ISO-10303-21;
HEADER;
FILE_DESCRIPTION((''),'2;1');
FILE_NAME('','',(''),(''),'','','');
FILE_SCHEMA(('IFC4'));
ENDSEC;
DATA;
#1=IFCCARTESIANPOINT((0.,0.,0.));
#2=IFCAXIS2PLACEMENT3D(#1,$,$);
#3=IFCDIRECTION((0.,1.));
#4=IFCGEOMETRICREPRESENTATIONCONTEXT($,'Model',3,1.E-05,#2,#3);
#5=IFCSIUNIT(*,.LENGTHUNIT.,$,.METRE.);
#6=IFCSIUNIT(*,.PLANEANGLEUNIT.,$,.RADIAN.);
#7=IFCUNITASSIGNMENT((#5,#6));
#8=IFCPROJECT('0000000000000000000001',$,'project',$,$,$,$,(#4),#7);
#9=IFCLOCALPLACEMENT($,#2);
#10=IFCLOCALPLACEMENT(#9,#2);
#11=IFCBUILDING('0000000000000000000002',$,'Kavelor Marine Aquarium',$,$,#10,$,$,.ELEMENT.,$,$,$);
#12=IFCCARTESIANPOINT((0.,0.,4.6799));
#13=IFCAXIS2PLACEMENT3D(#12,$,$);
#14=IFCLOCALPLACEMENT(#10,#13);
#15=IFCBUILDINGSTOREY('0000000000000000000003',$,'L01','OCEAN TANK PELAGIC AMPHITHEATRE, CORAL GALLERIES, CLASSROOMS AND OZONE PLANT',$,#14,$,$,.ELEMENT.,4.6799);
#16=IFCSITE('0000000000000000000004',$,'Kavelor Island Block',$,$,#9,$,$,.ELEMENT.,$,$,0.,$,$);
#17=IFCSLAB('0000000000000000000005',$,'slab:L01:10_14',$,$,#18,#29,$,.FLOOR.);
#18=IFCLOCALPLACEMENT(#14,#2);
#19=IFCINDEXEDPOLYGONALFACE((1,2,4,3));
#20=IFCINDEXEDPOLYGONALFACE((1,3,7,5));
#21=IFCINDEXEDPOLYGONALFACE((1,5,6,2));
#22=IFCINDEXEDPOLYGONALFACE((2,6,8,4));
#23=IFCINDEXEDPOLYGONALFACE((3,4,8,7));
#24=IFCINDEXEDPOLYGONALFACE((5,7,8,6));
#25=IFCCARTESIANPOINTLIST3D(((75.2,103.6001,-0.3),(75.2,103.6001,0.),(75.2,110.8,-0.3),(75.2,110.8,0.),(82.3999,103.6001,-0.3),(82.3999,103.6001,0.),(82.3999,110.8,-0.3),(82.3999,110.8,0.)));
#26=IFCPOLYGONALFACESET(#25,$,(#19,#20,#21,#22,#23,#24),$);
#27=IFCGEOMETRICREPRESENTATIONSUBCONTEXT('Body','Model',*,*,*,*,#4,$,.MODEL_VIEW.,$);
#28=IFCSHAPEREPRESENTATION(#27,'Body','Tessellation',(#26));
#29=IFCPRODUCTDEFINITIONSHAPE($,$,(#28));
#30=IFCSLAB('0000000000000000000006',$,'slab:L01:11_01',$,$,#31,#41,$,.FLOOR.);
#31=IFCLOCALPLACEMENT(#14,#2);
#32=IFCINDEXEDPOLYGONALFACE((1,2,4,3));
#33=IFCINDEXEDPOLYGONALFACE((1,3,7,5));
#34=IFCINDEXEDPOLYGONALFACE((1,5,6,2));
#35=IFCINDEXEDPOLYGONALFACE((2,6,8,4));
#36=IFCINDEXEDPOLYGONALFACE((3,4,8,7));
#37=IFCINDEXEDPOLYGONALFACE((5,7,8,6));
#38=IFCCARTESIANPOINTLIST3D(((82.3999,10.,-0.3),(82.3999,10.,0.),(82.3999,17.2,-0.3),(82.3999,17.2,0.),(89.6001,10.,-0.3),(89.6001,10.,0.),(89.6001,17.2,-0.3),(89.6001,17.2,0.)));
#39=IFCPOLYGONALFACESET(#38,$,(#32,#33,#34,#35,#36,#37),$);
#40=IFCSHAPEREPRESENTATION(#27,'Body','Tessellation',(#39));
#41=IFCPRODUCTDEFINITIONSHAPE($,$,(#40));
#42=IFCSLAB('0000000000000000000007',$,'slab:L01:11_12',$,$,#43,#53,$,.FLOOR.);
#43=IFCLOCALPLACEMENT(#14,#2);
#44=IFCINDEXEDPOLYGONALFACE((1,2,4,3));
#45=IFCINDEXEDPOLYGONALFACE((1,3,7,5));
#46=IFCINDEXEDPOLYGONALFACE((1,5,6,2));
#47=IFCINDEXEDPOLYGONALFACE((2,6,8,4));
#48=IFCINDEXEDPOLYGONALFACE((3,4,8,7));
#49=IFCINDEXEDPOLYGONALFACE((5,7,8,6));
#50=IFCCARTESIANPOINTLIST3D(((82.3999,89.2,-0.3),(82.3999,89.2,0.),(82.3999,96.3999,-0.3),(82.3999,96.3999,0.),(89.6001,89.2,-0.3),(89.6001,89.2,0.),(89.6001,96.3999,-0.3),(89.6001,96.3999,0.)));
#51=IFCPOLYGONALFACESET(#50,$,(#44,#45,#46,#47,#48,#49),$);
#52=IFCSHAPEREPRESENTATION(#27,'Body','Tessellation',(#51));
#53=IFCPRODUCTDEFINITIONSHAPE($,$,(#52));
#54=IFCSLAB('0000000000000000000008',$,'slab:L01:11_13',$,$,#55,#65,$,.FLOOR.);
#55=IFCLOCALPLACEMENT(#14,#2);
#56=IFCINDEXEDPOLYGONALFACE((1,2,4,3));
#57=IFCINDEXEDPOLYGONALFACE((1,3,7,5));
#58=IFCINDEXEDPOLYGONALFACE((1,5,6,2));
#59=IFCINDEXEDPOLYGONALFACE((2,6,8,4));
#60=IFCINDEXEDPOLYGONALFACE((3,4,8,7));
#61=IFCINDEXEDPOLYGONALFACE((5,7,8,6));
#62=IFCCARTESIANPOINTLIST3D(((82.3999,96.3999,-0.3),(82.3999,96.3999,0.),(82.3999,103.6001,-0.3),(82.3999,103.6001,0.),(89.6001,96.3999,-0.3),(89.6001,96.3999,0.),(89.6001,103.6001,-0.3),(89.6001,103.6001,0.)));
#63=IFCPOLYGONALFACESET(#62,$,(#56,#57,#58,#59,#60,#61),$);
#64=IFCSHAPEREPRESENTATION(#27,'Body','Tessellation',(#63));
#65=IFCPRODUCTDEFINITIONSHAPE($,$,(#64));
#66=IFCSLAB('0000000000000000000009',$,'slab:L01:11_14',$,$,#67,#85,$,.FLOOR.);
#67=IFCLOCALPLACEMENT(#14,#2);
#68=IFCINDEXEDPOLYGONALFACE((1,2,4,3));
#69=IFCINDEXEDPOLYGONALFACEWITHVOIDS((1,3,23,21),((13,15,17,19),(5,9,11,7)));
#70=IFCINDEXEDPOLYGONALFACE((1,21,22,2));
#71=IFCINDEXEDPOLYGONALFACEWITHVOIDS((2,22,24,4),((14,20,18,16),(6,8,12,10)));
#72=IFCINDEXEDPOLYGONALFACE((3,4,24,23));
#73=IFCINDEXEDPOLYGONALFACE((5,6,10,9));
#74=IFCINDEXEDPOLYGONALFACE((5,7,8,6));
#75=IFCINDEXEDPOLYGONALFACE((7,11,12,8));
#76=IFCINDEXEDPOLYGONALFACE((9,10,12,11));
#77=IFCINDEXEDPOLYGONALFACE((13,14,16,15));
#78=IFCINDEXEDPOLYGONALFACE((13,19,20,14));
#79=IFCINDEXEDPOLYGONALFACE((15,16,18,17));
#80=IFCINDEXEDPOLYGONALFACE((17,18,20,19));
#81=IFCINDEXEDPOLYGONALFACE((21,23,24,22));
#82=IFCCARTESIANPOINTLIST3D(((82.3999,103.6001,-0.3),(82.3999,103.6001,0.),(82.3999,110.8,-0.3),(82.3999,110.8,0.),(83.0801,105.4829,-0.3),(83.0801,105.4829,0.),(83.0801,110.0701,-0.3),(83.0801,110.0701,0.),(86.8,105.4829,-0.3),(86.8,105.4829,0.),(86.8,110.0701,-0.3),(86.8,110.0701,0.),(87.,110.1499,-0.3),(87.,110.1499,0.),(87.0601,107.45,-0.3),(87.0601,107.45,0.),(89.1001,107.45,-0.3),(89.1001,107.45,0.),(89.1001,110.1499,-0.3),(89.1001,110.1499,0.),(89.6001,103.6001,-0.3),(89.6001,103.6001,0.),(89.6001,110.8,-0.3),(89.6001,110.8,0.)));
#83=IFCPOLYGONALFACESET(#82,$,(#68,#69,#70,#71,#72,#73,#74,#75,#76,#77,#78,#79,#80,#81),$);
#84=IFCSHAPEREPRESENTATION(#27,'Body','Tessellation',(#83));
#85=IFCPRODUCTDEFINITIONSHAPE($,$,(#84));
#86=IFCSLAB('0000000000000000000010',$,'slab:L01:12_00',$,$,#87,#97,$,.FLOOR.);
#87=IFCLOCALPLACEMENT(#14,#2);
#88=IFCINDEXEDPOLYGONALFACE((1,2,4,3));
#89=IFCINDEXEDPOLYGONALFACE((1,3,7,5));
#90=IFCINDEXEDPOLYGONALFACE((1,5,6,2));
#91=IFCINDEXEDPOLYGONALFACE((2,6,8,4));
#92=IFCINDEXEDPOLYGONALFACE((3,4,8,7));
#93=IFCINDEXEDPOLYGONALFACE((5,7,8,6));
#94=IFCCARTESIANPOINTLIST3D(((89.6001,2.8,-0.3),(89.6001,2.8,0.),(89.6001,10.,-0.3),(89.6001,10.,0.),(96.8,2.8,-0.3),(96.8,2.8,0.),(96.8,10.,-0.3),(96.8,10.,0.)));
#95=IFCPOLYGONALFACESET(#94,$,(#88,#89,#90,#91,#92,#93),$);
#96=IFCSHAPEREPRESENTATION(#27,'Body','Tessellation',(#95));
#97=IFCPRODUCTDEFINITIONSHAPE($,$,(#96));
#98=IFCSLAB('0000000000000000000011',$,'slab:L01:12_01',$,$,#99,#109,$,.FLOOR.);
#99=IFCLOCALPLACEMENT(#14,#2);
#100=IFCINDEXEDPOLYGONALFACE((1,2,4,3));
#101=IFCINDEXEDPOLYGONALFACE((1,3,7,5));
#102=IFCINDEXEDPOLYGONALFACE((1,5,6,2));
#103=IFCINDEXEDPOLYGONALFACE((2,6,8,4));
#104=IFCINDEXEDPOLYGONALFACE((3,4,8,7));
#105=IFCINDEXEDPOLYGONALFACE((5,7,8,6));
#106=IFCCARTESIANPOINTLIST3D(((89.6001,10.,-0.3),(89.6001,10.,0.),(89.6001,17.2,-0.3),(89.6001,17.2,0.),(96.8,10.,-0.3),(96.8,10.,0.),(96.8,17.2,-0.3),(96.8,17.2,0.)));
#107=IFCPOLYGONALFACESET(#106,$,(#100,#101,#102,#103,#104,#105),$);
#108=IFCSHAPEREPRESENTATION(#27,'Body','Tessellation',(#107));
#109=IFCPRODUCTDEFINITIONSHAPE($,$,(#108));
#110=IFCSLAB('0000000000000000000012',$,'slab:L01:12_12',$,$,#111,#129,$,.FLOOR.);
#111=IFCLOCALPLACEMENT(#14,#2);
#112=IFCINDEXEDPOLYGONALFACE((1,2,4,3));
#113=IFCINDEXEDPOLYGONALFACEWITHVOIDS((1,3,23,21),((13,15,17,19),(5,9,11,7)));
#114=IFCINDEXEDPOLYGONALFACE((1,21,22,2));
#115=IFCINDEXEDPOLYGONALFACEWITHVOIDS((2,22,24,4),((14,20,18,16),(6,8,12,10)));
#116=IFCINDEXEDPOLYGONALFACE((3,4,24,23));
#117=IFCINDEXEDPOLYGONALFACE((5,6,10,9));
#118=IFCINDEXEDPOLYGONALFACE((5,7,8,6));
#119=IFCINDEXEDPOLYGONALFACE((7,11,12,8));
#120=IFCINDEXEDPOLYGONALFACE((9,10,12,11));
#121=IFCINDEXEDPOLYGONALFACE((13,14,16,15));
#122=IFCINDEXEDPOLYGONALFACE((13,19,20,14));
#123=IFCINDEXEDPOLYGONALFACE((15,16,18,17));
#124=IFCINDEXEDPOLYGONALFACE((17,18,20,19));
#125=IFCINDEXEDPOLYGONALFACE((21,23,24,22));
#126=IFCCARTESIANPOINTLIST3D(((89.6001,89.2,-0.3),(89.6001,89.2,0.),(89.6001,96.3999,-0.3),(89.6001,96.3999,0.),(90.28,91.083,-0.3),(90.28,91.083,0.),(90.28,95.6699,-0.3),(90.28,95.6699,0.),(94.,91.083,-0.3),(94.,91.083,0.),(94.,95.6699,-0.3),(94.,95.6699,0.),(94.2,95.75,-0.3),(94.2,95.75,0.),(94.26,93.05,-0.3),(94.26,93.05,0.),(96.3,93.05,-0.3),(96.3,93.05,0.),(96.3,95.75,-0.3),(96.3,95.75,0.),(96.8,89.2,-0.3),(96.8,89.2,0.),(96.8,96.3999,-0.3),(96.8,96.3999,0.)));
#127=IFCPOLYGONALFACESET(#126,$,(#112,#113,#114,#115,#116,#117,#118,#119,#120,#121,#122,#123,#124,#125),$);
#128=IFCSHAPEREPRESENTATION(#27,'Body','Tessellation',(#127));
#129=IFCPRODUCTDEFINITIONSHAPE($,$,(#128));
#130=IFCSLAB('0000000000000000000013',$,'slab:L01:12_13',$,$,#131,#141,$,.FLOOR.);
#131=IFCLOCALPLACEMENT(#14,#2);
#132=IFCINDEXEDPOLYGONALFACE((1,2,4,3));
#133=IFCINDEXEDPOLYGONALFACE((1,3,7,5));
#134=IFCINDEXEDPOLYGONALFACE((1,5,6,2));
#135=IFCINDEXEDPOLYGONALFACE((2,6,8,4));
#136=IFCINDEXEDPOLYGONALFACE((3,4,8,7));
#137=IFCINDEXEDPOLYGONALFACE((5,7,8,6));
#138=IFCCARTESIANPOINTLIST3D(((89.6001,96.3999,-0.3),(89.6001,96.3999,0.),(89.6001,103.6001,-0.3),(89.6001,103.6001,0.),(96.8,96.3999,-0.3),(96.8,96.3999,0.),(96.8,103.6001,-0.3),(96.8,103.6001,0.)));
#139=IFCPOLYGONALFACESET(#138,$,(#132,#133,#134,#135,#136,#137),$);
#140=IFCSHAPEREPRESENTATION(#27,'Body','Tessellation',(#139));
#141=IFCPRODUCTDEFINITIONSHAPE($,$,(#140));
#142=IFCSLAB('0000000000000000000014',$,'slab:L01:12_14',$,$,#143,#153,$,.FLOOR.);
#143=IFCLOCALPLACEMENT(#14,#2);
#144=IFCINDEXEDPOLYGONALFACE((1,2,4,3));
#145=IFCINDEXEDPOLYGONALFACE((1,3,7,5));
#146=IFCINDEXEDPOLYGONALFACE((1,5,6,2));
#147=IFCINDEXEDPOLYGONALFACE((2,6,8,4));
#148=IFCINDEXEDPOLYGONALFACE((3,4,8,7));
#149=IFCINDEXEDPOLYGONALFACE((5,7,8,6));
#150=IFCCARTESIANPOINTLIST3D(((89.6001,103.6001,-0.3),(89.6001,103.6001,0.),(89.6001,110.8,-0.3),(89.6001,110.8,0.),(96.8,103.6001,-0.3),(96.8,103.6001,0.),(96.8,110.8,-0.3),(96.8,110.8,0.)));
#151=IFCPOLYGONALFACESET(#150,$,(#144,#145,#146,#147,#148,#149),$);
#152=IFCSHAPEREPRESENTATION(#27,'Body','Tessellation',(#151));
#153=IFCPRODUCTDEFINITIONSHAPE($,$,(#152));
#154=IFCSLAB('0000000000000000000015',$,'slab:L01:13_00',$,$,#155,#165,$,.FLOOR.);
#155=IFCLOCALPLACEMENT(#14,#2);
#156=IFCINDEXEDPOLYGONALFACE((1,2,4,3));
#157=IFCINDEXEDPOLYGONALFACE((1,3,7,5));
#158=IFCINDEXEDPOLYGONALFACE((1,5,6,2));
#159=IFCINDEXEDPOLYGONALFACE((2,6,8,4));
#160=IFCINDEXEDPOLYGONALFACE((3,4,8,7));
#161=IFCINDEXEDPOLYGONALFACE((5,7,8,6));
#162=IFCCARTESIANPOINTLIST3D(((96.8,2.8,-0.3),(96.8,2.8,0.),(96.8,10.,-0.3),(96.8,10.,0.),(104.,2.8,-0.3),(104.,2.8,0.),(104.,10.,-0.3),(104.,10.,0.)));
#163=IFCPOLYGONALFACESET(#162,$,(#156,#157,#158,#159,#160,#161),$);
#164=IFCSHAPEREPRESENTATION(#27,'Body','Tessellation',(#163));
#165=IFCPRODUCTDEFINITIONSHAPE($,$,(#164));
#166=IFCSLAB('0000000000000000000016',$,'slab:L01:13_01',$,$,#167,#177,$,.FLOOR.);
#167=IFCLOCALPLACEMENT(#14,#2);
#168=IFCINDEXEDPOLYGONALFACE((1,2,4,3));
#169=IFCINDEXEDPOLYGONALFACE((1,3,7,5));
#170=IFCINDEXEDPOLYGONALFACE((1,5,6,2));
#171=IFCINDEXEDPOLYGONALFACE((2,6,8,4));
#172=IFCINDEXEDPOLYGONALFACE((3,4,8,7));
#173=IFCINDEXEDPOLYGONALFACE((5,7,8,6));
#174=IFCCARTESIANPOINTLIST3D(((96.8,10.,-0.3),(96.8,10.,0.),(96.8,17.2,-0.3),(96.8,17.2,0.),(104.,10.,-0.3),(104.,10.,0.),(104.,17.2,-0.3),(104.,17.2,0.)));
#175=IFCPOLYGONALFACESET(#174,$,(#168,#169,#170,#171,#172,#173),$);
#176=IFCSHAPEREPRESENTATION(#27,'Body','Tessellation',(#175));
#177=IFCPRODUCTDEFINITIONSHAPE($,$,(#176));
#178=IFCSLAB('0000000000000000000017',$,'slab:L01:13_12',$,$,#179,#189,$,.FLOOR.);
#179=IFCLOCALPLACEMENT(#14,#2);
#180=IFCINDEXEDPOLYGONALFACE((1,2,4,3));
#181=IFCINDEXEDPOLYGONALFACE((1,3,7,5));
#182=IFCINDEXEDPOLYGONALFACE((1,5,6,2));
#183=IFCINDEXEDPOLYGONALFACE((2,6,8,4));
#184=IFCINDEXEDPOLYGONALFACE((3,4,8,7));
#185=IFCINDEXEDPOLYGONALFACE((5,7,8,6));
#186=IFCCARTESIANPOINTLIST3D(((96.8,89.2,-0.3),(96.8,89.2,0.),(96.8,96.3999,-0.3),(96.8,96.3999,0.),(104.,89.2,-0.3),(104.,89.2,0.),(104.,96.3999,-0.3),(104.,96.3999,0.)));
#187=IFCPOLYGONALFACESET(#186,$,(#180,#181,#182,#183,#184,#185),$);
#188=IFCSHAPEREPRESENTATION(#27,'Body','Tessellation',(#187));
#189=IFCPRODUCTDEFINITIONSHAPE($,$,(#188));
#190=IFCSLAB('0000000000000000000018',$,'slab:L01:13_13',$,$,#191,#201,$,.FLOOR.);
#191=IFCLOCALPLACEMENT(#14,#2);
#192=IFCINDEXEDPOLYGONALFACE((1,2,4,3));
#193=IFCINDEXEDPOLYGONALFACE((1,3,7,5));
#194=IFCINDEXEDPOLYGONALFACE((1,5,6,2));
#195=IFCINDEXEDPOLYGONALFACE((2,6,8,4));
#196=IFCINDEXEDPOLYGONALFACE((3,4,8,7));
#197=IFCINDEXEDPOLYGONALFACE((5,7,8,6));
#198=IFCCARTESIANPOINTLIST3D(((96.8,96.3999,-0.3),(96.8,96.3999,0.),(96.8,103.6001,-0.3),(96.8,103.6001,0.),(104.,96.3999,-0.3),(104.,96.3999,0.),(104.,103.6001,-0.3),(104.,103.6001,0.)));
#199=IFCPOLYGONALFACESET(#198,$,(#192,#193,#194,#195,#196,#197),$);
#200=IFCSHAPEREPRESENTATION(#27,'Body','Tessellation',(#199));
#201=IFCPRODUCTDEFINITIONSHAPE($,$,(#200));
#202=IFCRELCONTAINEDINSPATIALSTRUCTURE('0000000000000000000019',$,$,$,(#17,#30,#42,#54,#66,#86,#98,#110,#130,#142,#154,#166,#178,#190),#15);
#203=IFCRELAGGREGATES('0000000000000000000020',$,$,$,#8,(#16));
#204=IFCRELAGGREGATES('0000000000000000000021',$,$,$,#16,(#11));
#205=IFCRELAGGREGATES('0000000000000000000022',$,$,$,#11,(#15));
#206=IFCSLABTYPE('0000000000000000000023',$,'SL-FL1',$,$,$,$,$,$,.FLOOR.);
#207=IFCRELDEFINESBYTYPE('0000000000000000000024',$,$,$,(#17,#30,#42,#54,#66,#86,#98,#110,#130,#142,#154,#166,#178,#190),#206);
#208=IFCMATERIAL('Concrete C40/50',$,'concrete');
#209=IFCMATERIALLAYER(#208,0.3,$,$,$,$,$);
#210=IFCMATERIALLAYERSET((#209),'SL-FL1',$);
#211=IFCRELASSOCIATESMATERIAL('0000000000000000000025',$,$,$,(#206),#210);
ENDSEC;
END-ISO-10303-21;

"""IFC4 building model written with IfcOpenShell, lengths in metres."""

from ifc_helpers import new_model, si_unit, direction, frame, origin, place, context, subcontext, project, spatial, polyline, outline, extrude, material, layer, layer_set, type_object, element, save


model = new_model("IFC4")

# Units and contexts
model_context = context("Model", 3, precision=1e-05, world=origin(), true_north=direction((0.0, 1.0)))
body_context = subcontext(model_context, "Body", "Model", "MODEL_VIEW")
ifc_project = project(units=[si_unit("LENGTHUNIT", "METRE"), si_unit("PLANEANGLEUNIT", "RADIAN")], contexts=[model_context])

# Site, building, storey
site_placement = place(None, origin())
site = spatial("IfcSite", under=ifc_project, at=site_placement, Name="Kavelor Island Block", CompositionType="ELEMENT", RefElevation=0.0)
building_placement = place(site_placement, origin())
building = spatial("IfcBuilding", under=site, at=building_placement, Name="Kavelor Marine Aquarium", CompositionType="ELEMENT")
storey_placement = place(building_placement, frame((0.0, 0.0, 4.6799)))
storey = spatial("IfcBuildingStorey", under=building, at=storey_placement, Name="L01", Description="OCEAN TANK PELAGIC AMPHITHEATRE, CORAL GALLERIES, CLASSROOMS AND OZONE PLANT", CompositionType="ELEMENT", Elevation=4.6799)

# Slabs
ifc_material = material(Name="Concrete C40/50", Category="concrete")
ifc_layer = layer(ifc_material, 0.3)
ifc_layer_set = layer_set([ifc_layer], Name="SL-FL1")
slab_type = type_object("IfcSlabType", Name="SL-FL1", PredefinedType="FLOOR", material=ifc_layer_set)
slab_1_placement = place(storey_placement, frame((0.0, 0.0, -0.3)))
element("IfcSlab", 1, at=slab_1_placement, inside=storey, type_object=slab_type, Name="slab:L01:10_14", PredefinedType="FLOOR", context=body_context, shape_type="SweptSolid", body=[
    extrude(outline(polyline([(75.2, 103.6001), (82.3999, 103.6001), (82.3999, 110.8), (75.2, 110.8), (75.2, 103.6001)])), origin(), (0.0, 0.0, 1.0), 0.3),
])
slab_2_placement = place(storey_placement, frame((0.0, 0.0, -0.3)))
element("IfcSlab", 2, at=slab_2_placement, inside=storey, type_object=slab_type, Name="slab:L01:11_01", PredefinedType="FLOOR", context=body_context, shape_type="SweptSolid", body=[
    extrude(outline(polyline([(82.3999, 10.0), (89.6001, 10.0), (89.6001, 17.2), (82.3999, 17.2), (82.3999, 10.0)])), origin(), (0.0, 0.0, 1.0), 0.3),
])
slab_3_placement = place(storey_placement, frame((0.0, 0.0, -0.3)))
element("IfcSlab", 3, at=slab_3_placement, inside=storey, type_object=slab_type, Name="slab:L01:11_12", PredefinedType="FLOOR", context=body_context, shape_type="SweptSolid", body=[
    extrude(outline(polyline([(82.3999, 89.2), (89.6001, 89.2), (89.6001, 96.3999), (82.3999, 96.3999), (82.3999, 89.2)])), origin(), (0.0, 0.0, 1.0), 0.3),
])
slab_4_placement = place(storey_placement, frame((0.0, 0.0, -0.3)))
element("IfcSlab", 4, at=slab_4_placement, inside=storey, type_object=slab_type, Name="slab:L01:11_13", PredefinedType="FLOOR", context=body_context, shape_type="SweptSolid", body=[
    extrude(outline(polyline([(82.3999, 96.3999), (89.6001, 96.3999), (89.6001, 103.6001), (82.3999, 103.6001), (82.3999, 96.3999)])), origin(), (0.0, 0.0, 1.0), 0.3),
])
slab_5_placement = place(storey_placement, frame((0.0, 0.0, -0.3)))
element("IfcSlab", 5, at=slab_5_placement, inside=storey, type_object=slab_type, Name="slab:L01:11_14", PredefinedType="FLOOR", context=body_context, shape_type="SweptSolid", body=[
    extrude(outline(polyline([(82.3999, 103.6001), (89.6001, 103.6001), (89.6001, 110.8), (82.3999, 110.8), (82.3999, 103.6001)]), holes=[polyline([(83.0801, 105.4829), (86.8, 105.4829), (86.8, 110.0701), (83.0801, 110.0701), (83.0801, 105.4829)]), polyline([(87.0601, 107.45), (89.1001, 107.45), (89.1001, 110.1499), (87.0, 110.1499), (87.0601, 107.45)])]), origin(), (0.0, 0.0, 1.0), 0.3),
])
slab_6_placement = place(storey_placement, frame((0.0, 0.0, -0.3)))
element("IfcSlab", 6, at=slab_6_placement, inside=storey, type_object=slab_type, Name="slab:L01:12_00", PredefinedType="FLOOR", context=body_context, shape_type="SweptSolid", body=[
    extrude(outline(polyline([(89.6001, 2.8), (96.8, 2.8), (96.8, 10.0), (89.6001, 10.0), (89.6001, 2.8)])), origin(), (0.0, 0.0, 1.0), 0.3),
])
slab_7_placement = place(storey_placement, frame((0.0, 0.0, -0.3)))
element("IfcSlab", 7, at=slab_7_placement, inside=storey, type_object=slab_type, Name="slab:L01:12_01", PredefinedType="FLOOR", context=body_context, shape_type="SweptSolid", body=[
    extrude(outline(polyline([(89.6001, 10.0), (96.8, 10.0), (96.8, 17.2), (89.6001, 17.2), (89.6001, 10.0)])), origin(), (0.0, 0.0, 1.0), 0.3),
])
slab_8_placement = place(storey_placement, frame((0.0, 0.0, -0.3)))
element("IfcSlab", 8, at=slab_8_placement, inside=storey, type_object=slab_type, Name="slab:L01:12_12", PredefinedType="FLOOR", context=body_context, shape_type="SweptSolid", body=[
    extrude(outline(polyline([(89.6001, 89.2), (96.8, 89.2), (96.8, 96.3999), (89.6001, 96.3999), (89.6001, 89.2)]), holes=[polyline([(90.28, 91.083), (94.0, 91.083), (94.0, 95.6699), (90.28, 95.6699), (90.28, 91.083)]), polyline([(94.26, 93.05), (96.3, 93.05), (96.3, 95.75), (94.2, 95.75), (94.26, 93.05)])]), origin(), (0.0, 0.0, 1.0), 0.3),
])
slab_9_placement = place(storey_placement, frame((0.0, 0.0, -0.3)))
element("IfcSlab", 9, at=slab_9_placement, inside=storey, type_object=slab_type, Name="slab:L01:12_13", PredefinedType="FLOOR", context=body_context, shape_type="SweptSolid", body=[
    extrude(outline(polyline([(89.6001, 96.3999), (96.8, 96.3999), (96.8, 103.6001), (89.6001, 103.6001), (89.6001, 96.3999)])), origin(), (0.0, 0.0, 1.0), 0.3),
])
slab_10_placement = place(storey_placement, frame((0.0, 0.0, -0.3)))
element("IfcSlab", 10, at=slab_10_placement, inside=storey, type_object=slab_type, Name="slab:L01:12_14", PredefinedType="FLOOR", context=body_context, shape_type="SweptSolid", body=[
    extrude(outline(polyline([(89.6001, 103.6001), (96.8, 103.6001), (96.8, 110.8), (89.6001, 110.8), (89.6001, 103.6001)])), origin(), (0.0, 0.0, 1.0), 0.3),
])
slab_11_placement = place(storey_placement, frame((0.0, 0.0, -0.3)))
element("IfcSlab", 11, at=slab_11_placement, inside=storey, type_object=slab_type, Name="slab:L01:13_00", PredefinedType="FLOOR", context=body_context, shape_type="SweptSolid", body=[
    extrude(outline(polyline([(96.8, 2.8), (104.0, 2.8), (104.0, 10.0), (96.8, 10.0), (96.8, 2.8)])), origin(), (0.0, 0.0, 1.0), 0.3),
])
slab_12_placement = place(storey_placement, frame((0.0, 0.0, -0.3)))
element("IfcSlab", 12, at=slab_12_placement, inside=storey, type_object=slab_type, Name="slab:L01:13_01", PredefinedType="FLOOR", context=body_context, shape_type="SweptSolid", body=[
    extrude(outline(polyline([(96.8, 10.0), (104.0, 10.0), (104.0, 17.2), (96.8, 17.2), (96.8, 10.0)])), origin(), (0.0, 0.0, 1.0), 0.3),
])
slab_13_placement = place(storey_placement, frame((0.0, 0.0, -0.3)))
element("IfcSlab", 13, at=slab_13_placement, inside=storey, type_object=slab_type, Name="slab:L01:13_12", PredefinedType="FLOOR", context=body_context, shape_type="SweptSolid", body=[
    extrude(outline(polyline([(96.8, 89.2), (104.0, 89.2), (104.0, 96.3999), (96.8, 96.3999), (96.8, 89.2)])), origin(), (0.0, 0.0, 1.0), 0.3),
])
slab_14_placement = place(storey_placement, frame((0.0, 0.0, -0.3)))
element("IfcSlab", 14, at=slab_14_placement, inside=storey, type_object=slab_type, Name="slab:L01:13_13", PredefinedType="FLOOR", context=body_context, shape_type="SweptSolid", body=[
    extrude(outline(polyline([(96.8, 96.3999), (104.0, 96.3999), (104.0, 103.6001), (96.8, 103.6001), (96.8, 96.3999)])), origin(), (0.0, 0.0, 1.0), 0.3),
])

save(model, "model.ifc")
